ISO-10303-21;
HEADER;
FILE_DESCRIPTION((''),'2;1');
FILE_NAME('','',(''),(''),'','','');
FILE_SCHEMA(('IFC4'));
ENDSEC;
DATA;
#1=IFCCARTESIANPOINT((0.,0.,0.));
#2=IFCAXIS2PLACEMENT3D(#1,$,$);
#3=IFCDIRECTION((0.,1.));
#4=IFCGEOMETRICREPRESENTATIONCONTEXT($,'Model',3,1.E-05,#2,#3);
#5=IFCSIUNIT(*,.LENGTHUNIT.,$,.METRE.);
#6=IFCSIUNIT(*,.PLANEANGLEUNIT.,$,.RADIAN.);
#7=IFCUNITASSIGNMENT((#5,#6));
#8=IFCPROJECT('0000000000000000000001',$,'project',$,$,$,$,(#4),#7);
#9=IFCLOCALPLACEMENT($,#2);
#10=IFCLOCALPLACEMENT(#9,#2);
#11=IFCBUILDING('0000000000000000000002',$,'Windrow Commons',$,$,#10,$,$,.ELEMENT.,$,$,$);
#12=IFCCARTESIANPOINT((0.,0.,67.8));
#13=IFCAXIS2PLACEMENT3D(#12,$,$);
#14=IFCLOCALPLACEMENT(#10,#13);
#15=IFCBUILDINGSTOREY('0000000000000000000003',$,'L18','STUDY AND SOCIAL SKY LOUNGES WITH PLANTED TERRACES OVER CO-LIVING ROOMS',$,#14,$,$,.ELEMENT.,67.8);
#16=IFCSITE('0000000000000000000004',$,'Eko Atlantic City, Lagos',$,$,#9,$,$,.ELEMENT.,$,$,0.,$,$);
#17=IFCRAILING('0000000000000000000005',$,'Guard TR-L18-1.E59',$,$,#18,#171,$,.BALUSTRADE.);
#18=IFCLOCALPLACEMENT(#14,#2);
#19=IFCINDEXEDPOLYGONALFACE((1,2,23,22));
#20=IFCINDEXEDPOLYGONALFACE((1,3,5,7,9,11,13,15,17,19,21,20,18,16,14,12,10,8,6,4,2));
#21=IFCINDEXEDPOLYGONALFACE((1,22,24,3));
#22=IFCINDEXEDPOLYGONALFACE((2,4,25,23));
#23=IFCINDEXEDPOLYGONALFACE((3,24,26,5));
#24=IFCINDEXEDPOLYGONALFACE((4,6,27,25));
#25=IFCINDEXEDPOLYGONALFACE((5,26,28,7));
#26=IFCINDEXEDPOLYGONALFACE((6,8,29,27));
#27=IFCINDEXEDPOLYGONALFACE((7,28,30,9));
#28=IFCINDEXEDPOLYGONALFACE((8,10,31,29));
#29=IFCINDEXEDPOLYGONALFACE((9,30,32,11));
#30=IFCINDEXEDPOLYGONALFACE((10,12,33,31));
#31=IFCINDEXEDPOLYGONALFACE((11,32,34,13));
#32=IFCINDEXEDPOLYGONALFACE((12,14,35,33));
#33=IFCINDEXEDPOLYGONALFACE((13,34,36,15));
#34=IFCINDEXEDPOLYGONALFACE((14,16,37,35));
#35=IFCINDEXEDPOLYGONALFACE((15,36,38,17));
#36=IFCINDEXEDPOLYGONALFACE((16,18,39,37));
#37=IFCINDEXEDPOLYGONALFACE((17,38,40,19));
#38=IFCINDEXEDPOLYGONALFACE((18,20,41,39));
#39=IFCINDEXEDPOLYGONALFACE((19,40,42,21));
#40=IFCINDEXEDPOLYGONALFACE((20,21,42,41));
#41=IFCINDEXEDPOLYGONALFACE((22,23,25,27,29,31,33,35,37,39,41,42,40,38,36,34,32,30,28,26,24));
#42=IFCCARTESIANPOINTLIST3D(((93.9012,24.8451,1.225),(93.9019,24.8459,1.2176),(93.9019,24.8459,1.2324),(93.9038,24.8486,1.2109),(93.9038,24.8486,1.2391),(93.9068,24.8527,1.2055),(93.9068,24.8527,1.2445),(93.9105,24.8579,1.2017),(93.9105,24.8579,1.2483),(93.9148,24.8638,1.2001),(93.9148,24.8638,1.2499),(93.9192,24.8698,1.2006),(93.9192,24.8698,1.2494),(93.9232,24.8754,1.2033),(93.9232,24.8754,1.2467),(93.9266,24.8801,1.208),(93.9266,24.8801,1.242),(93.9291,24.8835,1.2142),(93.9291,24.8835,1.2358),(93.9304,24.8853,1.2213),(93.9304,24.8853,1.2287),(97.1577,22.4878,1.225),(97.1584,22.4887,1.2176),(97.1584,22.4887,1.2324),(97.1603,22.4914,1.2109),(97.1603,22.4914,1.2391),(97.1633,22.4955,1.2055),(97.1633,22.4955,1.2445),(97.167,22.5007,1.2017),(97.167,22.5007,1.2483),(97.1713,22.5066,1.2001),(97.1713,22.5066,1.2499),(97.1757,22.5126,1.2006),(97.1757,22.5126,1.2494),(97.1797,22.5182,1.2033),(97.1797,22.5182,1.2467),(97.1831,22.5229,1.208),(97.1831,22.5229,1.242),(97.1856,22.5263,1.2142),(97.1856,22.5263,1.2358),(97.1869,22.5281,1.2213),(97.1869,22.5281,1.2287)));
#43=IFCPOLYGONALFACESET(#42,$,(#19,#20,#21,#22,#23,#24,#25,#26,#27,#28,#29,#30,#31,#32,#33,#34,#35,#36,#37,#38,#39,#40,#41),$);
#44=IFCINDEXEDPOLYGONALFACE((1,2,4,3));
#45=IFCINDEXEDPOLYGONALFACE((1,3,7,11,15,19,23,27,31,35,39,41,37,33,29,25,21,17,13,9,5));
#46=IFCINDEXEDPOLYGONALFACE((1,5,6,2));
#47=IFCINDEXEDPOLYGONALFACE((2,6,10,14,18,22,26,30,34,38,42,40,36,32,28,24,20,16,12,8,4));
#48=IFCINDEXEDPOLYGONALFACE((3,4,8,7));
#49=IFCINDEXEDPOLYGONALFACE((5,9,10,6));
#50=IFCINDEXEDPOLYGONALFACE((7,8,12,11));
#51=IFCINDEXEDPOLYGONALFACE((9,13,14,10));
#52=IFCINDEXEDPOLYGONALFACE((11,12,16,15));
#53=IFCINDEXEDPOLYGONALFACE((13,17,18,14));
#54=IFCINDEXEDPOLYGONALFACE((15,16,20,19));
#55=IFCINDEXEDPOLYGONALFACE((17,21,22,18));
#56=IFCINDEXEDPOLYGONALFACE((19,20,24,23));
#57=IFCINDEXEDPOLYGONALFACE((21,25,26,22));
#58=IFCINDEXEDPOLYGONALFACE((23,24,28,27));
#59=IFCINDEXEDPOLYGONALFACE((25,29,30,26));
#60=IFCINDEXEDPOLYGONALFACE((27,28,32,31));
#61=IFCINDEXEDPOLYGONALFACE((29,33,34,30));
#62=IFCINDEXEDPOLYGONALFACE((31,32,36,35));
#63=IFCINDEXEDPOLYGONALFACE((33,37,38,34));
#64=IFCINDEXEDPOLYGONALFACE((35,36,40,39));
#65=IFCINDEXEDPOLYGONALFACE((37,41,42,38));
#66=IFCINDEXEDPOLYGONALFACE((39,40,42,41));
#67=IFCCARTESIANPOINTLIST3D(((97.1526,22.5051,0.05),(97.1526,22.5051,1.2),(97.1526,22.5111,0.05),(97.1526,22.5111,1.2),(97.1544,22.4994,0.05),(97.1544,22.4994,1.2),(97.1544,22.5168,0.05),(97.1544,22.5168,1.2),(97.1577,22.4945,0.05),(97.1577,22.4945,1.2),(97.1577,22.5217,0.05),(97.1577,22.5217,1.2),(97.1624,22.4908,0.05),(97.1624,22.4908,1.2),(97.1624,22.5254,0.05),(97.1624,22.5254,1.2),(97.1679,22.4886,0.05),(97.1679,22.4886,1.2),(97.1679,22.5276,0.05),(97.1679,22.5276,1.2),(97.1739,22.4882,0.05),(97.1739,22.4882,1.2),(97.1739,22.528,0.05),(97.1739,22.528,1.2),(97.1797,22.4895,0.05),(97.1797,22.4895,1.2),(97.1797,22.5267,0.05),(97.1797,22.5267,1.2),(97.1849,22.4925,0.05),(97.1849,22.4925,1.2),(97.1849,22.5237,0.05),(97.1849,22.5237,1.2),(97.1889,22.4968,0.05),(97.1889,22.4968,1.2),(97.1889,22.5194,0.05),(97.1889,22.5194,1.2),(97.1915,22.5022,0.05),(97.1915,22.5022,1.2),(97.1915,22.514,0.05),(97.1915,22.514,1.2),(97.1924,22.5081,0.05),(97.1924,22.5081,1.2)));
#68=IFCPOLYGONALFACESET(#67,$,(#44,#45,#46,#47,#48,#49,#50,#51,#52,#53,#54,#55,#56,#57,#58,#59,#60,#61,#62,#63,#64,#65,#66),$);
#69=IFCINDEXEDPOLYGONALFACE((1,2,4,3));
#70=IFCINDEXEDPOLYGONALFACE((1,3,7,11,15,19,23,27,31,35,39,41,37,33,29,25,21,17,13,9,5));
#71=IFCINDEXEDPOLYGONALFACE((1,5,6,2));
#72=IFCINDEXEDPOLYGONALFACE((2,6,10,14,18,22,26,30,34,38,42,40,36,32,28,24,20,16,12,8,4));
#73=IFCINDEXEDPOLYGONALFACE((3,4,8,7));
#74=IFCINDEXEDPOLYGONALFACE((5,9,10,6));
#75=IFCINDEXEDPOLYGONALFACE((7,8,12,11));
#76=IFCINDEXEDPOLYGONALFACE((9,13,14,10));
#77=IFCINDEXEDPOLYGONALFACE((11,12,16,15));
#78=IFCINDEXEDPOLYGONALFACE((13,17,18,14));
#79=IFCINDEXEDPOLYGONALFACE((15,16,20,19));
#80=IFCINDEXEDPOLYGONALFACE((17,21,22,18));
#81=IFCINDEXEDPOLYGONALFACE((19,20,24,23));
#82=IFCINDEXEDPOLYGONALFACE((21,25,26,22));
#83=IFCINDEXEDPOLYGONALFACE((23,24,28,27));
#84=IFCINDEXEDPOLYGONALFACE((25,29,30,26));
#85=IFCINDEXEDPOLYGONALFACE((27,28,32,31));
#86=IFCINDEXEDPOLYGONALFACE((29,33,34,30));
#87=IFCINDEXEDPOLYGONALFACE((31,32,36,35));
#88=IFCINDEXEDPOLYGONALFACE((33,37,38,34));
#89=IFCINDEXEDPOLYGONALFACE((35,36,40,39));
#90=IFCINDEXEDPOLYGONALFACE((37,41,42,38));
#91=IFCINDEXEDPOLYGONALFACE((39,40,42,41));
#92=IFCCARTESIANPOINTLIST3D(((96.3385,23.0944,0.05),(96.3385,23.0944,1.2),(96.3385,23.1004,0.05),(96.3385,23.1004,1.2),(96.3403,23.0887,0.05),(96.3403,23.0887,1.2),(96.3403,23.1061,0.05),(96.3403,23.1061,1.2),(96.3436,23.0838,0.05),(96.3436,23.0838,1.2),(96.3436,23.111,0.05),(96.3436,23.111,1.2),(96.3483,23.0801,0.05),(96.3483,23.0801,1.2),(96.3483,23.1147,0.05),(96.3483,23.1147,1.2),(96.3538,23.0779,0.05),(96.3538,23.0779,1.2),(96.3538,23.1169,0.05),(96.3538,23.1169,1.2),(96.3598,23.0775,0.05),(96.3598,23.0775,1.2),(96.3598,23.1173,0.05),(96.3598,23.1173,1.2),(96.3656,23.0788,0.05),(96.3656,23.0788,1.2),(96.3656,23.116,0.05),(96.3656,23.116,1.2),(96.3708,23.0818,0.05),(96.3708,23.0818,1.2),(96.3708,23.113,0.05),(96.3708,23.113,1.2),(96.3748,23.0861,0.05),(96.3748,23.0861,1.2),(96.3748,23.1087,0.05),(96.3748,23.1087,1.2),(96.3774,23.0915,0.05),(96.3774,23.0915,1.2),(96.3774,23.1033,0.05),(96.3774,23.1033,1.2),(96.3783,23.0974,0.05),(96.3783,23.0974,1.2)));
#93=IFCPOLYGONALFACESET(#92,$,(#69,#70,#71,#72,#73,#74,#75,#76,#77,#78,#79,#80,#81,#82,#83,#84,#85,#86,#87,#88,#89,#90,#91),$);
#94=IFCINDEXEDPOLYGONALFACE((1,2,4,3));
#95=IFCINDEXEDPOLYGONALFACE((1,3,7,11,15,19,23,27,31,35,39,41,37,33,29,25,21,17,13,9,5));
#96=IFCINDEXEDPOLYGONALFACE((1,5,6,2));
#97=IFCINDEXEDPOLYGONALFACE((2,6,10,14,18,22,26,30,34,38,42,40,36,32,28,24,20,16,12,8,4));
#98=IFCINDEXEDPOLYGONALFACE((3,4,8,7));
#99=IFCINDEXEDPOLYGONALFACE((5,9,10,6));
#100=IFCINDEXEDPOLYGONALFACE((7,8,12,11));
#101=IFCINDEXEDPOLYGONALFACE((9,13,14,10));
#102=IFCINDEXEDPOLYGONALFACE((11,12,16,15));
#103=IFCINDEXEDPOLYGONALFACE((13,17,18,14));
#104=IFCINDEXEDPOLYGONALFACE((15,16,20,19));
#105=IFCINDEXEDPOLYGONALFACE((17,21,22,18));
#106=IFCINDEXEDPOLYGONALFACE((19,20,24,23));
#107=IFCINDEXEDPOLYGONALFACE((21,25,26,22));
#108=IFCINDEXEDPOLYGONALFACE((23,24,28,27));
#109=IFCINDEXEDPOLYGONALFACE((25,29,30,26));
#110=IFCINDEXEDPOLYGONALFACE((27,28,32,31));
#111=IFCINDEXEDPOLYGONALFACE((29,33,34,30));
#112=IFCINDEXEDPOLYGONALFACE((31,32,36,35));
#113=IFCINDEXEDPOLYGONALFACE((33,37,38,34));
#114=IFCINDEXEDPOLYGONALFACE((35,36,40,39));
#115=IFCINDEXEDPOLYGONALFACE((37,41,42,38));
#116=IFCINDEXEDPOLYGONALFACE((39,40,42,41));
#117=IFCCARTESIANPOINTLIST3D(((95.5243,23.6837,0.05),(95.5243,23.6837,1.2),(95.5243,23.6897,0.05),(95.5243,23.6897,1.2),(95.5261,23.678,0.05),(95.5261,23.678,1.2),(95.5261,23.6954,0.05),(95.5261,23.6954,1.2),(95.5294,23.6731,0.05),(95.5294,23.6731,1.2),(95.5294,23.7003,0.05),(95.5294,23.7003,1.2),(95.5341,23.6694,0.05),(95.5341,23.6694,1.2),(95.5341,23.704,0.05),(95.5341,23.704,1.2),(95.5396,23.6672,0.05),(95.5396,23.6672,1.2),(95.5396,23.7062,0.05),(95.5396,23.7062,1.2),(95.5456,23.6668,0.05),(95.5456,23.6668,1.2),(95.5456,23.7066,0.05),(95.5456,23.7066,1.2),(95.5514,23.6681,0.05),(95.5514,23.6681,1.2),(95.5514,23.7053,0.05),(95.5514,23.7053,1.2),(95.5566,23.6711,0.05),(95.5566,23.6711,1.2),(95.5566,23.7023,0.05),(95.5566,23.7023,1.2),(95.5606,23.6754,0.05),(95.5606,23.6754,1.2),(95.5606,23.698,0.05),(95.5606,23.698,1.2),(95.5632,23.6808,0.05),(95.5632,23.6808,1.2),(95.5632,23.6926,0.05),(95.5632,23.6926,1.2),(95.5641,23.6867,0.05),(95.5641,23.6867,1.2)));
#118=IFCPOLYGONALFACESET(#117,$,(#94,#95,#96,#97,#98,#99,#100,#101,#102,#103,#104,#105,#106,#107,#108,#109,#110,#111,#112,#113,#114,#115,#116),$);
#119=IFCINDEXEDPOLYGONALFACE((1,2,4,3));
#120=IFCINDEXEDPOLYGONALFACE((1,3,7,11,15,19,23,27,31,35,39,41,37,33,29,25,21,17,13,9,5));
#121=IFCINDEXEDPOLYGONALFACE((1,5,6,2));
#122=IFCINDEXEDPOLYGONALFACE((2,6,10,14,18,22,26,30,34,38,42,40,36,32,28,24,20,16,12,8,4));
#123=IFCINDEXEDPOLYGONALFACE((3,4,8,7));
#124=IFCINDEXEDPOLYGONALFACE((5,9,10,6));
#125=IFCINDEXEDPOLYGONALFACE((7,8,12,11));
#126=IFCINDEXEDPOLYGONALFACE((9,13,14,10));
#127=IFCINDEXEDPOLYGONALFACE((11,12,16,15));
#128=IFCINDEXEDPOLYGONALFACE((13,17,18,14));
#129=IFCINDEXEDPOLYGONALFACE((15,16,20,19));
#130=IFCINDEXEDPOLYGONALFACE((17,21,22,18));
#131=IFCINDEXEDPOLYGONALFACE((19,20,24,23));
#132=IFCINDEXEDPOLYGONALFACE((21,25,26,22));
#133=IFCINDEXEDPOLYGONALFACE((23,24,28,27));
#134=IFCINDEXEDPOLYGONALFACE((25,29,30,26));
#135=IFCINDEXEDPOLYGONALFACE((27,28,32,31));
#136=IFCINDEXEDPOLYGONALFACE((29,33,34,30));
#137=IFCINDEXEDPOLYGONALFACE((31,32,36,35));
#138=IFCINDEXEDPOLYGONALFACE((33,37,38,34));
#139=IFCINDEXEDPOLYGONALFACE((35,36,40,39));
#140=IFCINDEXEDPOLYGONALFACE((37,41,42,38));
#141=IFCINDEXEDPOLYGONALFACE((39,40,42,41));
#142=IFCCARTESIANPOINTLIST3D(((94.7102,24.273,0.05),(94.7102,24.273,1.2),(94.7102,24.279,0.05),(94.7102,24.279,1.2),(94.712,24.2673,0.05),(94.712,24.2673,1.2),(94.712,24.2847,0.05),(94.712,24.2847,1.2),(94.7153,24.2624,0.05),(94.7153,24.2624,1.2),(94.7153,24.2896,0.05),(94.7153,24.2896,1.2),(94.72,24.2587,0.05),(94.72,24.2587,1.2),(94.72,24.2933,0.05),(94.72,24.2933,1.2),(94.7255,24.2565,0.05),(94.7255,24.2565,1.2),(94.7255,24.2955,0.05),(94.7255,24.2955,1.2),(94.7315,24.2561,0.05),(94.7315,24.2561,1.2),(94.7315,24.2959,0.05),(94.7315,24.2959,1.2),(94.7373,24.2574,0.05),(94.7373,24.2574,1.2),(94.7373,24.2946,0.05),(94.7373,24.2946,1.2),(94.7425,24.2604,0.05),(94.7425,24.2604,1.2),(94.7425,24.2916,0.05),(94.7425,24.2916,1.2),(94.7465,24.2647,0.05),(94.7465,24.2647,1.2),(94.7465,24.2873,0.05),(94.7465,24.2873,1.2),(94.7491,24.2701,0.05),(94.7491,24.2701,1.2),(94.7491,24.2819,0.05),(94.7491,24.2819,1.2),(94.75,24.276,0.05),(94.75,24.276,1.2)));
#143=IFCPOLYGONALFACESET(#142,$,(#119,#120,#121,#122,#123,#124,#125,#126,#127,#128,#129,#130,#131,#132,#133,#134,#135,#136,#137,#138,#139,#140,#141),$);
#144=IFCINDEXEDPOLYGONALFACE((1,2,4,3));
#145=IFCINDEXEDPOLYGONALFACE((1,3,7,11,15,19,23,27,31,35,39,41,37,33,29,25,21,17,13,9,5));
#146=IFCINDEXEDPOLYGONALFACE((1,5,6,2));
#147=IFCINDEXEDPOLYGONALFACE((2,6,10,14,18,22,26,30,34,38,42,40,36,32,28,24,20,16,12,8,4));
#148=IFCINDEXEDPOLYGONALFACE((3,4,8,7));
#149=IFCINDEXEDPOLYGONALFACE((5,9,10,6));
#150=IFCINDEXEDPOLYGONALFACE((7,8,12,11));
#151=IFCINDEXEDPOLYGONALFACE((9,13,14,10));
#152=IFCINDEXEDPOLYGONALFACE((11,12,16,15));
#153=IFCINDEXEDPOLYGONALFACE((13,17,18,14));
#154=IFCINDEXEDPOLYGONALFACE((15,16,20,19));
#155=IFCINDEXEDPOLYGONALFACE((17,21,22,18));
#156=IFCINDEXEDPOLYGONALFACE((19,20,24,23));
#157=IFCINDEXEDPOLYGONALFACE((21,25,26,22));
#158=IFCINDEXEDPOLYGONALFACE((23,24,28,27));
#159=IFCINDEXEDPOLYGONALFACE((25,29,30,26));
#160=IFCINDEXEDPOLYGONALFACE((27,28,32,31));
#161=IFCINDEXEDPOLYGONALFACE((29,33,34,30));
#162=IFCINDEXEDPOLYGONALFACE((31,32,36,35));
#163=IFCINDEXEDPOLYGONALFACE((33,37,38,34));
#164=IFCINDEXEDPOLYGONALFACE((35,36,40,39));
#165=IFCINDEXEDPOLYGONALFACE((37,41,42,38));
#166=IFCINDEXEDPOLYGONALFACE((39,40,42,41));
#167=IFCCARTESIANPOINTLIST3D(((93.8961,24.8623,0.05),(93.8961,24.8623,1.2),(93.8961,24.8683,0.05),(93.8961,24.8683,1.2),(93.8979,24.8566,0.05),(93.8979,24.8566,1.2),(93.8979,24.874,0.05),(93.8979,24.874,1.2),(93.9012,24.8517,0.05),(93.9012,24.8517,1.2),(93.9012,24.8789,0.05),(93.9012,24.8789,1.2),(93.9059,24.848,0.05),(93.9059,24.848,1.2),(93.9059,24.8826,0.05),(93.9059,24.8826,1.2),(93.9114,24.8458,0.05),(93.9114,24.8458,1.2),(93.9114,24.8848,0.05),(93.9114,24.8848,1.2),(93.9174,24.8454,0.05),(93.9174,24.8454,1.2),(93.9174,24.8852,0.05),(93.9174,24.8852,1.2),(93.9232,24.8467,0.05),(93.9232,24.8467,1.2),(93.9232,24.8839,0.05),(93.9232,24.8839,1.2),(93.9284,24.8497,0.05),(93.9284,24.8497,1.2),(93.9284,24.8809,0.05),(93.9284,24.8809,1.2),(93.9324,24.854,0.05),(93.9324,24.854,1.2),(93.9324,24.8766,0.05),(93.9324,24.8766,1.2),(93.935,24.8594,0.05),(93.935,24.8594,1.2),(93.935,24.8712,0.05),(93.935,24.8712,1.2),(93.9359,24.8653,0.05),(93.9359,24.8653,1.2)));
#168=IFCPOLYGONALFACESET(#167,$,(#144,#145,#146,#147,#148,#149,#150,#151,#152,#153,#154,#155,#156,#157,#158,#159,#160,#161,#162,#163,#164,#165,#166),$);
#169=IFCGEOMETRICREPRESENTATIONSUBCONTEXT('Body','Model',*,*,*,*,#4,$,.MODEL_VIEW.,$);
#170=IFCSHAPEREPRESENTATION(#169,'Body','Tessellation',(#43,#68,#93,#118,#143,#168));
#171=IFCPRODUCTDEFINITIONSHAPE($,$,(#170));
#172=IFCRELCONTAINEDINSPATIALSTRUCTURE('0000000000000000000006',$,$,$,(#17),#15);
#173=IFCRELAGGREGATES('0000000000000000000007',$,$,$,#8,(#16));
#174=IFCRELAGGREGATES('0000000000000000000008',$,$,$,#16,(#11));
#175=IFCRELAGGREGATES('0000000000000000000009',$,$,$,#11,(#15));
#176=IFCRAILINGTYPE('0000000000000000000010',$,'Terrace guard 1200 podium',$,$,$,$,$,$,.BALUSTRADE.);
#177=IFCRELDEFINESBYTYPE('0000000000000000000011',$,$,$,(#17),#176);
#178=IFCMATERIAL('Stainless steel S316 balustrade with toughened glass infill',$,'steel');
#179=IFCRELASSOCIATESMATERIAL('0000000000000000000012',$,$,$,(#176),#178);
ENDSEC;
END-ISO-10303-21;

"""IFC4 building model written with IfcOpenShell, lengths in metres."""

from ifc_helpers import new_model, si_unit, direction, frame, origin, origin_2d, place, context, subcontext, project, spatial, circle, extrude, material, type_object, element, save


model = new_model("IFC4")

# Units and contexts
model_context = context("Model", 3, precision=1e-05, world=origin(), true_north=direction((0.0, 1.0)))
body_context = subcontext(model_context, "Body", "Model", "MODEL_VIEW")
ifc_project = project(units=[si_unit("LENGTHUNIT", "METRE"), si_unit("PLANEANGLEUNIT", "RADIAN")], contexts=[model_context])

# Site, building, storey
site_placement = place(None, origin())
site = spatial("IfcSite", under=ifc_project, at=site_placement, Name="Eko Atlantic City, Lagos", CompositionType="ELEMENT", RefElevation=0.0)
building_placement = place(site_placement, origin())
building = spatial("IfcBuilding", under=site, at=building_placement, Name="Windrow Commons", CompositionType="ELEMENT")
storey_placement = place(building_placement, frame((0.0, 0.0, 67.8)))
storey = spatial("IfcBuildingStorey", under=building, at=storey_placement, Name="L18", Description="STUDY AND SOCIAL SKY LOUNGES WITH PLANTED TERRACES OVER CO-LIVING ROOMS", CompositionType="ELEMENT", Elevation=67.8)

# Railing
ifc_material_1 = material(Name="Stainless steel S316 balustrade with toughened glass infill", Category="steel")
railing_type = type_object("IfcRailingType", Name="Terrace guard 1200 podium", PredefinedType="BALUSTRADE", material=ifc_material_1)
railing_1_placement = place(storey_placement, frame((97.1724, 22.5081, 0.05)))
element("IfcRailing", 1, at=railing_1_placement, inside=storey, type_object=railing_type, Name="Guard TR-L18-1.E59", PredefinedType="BALUSTRADE", context=body_context, shape_type="SweptSolid", body=[
    extrude(circle(Radius=0.025, at=origin_2d()), frame((0.0, 0.0, 1.175), z_axis=(-0.810055, 0.586354, 0.0), x_axis=(-0.586354, -0.810055, 0.0)), (0.0, 0.0, 1.0), 4.0201),
    extrude(circle(Radius=0.02, at=origin_2d()), origin(), (0.0, 0.0, 1.0), 1.15),
    extrude(circle(Radius=0.02, at=origin_2d()), frame((-0.8141, 0.5893, 0.0)), (0.0, 0.0, 1.0), 1.15),
    extrude(circle(Radius=0.02, at=origin_2d()), frame((-1.6283, 1.1786, 0.0)), (0.0, 0.0, 1.0), 1.15),
    extrude(circle(Radius=0.02, at=origin_2d()), frame((-2.4424, 1.7679, 0.0)), (0.0, 0.0, 1.0), 1.15),
    extrude(circle(Radius=0.02, at=origin_2d()), frame((-3.2565, 2.3572, 0.0)), (0.0, 0.0, 1.0), 1.15),
])

save(model, "model.ifc")
